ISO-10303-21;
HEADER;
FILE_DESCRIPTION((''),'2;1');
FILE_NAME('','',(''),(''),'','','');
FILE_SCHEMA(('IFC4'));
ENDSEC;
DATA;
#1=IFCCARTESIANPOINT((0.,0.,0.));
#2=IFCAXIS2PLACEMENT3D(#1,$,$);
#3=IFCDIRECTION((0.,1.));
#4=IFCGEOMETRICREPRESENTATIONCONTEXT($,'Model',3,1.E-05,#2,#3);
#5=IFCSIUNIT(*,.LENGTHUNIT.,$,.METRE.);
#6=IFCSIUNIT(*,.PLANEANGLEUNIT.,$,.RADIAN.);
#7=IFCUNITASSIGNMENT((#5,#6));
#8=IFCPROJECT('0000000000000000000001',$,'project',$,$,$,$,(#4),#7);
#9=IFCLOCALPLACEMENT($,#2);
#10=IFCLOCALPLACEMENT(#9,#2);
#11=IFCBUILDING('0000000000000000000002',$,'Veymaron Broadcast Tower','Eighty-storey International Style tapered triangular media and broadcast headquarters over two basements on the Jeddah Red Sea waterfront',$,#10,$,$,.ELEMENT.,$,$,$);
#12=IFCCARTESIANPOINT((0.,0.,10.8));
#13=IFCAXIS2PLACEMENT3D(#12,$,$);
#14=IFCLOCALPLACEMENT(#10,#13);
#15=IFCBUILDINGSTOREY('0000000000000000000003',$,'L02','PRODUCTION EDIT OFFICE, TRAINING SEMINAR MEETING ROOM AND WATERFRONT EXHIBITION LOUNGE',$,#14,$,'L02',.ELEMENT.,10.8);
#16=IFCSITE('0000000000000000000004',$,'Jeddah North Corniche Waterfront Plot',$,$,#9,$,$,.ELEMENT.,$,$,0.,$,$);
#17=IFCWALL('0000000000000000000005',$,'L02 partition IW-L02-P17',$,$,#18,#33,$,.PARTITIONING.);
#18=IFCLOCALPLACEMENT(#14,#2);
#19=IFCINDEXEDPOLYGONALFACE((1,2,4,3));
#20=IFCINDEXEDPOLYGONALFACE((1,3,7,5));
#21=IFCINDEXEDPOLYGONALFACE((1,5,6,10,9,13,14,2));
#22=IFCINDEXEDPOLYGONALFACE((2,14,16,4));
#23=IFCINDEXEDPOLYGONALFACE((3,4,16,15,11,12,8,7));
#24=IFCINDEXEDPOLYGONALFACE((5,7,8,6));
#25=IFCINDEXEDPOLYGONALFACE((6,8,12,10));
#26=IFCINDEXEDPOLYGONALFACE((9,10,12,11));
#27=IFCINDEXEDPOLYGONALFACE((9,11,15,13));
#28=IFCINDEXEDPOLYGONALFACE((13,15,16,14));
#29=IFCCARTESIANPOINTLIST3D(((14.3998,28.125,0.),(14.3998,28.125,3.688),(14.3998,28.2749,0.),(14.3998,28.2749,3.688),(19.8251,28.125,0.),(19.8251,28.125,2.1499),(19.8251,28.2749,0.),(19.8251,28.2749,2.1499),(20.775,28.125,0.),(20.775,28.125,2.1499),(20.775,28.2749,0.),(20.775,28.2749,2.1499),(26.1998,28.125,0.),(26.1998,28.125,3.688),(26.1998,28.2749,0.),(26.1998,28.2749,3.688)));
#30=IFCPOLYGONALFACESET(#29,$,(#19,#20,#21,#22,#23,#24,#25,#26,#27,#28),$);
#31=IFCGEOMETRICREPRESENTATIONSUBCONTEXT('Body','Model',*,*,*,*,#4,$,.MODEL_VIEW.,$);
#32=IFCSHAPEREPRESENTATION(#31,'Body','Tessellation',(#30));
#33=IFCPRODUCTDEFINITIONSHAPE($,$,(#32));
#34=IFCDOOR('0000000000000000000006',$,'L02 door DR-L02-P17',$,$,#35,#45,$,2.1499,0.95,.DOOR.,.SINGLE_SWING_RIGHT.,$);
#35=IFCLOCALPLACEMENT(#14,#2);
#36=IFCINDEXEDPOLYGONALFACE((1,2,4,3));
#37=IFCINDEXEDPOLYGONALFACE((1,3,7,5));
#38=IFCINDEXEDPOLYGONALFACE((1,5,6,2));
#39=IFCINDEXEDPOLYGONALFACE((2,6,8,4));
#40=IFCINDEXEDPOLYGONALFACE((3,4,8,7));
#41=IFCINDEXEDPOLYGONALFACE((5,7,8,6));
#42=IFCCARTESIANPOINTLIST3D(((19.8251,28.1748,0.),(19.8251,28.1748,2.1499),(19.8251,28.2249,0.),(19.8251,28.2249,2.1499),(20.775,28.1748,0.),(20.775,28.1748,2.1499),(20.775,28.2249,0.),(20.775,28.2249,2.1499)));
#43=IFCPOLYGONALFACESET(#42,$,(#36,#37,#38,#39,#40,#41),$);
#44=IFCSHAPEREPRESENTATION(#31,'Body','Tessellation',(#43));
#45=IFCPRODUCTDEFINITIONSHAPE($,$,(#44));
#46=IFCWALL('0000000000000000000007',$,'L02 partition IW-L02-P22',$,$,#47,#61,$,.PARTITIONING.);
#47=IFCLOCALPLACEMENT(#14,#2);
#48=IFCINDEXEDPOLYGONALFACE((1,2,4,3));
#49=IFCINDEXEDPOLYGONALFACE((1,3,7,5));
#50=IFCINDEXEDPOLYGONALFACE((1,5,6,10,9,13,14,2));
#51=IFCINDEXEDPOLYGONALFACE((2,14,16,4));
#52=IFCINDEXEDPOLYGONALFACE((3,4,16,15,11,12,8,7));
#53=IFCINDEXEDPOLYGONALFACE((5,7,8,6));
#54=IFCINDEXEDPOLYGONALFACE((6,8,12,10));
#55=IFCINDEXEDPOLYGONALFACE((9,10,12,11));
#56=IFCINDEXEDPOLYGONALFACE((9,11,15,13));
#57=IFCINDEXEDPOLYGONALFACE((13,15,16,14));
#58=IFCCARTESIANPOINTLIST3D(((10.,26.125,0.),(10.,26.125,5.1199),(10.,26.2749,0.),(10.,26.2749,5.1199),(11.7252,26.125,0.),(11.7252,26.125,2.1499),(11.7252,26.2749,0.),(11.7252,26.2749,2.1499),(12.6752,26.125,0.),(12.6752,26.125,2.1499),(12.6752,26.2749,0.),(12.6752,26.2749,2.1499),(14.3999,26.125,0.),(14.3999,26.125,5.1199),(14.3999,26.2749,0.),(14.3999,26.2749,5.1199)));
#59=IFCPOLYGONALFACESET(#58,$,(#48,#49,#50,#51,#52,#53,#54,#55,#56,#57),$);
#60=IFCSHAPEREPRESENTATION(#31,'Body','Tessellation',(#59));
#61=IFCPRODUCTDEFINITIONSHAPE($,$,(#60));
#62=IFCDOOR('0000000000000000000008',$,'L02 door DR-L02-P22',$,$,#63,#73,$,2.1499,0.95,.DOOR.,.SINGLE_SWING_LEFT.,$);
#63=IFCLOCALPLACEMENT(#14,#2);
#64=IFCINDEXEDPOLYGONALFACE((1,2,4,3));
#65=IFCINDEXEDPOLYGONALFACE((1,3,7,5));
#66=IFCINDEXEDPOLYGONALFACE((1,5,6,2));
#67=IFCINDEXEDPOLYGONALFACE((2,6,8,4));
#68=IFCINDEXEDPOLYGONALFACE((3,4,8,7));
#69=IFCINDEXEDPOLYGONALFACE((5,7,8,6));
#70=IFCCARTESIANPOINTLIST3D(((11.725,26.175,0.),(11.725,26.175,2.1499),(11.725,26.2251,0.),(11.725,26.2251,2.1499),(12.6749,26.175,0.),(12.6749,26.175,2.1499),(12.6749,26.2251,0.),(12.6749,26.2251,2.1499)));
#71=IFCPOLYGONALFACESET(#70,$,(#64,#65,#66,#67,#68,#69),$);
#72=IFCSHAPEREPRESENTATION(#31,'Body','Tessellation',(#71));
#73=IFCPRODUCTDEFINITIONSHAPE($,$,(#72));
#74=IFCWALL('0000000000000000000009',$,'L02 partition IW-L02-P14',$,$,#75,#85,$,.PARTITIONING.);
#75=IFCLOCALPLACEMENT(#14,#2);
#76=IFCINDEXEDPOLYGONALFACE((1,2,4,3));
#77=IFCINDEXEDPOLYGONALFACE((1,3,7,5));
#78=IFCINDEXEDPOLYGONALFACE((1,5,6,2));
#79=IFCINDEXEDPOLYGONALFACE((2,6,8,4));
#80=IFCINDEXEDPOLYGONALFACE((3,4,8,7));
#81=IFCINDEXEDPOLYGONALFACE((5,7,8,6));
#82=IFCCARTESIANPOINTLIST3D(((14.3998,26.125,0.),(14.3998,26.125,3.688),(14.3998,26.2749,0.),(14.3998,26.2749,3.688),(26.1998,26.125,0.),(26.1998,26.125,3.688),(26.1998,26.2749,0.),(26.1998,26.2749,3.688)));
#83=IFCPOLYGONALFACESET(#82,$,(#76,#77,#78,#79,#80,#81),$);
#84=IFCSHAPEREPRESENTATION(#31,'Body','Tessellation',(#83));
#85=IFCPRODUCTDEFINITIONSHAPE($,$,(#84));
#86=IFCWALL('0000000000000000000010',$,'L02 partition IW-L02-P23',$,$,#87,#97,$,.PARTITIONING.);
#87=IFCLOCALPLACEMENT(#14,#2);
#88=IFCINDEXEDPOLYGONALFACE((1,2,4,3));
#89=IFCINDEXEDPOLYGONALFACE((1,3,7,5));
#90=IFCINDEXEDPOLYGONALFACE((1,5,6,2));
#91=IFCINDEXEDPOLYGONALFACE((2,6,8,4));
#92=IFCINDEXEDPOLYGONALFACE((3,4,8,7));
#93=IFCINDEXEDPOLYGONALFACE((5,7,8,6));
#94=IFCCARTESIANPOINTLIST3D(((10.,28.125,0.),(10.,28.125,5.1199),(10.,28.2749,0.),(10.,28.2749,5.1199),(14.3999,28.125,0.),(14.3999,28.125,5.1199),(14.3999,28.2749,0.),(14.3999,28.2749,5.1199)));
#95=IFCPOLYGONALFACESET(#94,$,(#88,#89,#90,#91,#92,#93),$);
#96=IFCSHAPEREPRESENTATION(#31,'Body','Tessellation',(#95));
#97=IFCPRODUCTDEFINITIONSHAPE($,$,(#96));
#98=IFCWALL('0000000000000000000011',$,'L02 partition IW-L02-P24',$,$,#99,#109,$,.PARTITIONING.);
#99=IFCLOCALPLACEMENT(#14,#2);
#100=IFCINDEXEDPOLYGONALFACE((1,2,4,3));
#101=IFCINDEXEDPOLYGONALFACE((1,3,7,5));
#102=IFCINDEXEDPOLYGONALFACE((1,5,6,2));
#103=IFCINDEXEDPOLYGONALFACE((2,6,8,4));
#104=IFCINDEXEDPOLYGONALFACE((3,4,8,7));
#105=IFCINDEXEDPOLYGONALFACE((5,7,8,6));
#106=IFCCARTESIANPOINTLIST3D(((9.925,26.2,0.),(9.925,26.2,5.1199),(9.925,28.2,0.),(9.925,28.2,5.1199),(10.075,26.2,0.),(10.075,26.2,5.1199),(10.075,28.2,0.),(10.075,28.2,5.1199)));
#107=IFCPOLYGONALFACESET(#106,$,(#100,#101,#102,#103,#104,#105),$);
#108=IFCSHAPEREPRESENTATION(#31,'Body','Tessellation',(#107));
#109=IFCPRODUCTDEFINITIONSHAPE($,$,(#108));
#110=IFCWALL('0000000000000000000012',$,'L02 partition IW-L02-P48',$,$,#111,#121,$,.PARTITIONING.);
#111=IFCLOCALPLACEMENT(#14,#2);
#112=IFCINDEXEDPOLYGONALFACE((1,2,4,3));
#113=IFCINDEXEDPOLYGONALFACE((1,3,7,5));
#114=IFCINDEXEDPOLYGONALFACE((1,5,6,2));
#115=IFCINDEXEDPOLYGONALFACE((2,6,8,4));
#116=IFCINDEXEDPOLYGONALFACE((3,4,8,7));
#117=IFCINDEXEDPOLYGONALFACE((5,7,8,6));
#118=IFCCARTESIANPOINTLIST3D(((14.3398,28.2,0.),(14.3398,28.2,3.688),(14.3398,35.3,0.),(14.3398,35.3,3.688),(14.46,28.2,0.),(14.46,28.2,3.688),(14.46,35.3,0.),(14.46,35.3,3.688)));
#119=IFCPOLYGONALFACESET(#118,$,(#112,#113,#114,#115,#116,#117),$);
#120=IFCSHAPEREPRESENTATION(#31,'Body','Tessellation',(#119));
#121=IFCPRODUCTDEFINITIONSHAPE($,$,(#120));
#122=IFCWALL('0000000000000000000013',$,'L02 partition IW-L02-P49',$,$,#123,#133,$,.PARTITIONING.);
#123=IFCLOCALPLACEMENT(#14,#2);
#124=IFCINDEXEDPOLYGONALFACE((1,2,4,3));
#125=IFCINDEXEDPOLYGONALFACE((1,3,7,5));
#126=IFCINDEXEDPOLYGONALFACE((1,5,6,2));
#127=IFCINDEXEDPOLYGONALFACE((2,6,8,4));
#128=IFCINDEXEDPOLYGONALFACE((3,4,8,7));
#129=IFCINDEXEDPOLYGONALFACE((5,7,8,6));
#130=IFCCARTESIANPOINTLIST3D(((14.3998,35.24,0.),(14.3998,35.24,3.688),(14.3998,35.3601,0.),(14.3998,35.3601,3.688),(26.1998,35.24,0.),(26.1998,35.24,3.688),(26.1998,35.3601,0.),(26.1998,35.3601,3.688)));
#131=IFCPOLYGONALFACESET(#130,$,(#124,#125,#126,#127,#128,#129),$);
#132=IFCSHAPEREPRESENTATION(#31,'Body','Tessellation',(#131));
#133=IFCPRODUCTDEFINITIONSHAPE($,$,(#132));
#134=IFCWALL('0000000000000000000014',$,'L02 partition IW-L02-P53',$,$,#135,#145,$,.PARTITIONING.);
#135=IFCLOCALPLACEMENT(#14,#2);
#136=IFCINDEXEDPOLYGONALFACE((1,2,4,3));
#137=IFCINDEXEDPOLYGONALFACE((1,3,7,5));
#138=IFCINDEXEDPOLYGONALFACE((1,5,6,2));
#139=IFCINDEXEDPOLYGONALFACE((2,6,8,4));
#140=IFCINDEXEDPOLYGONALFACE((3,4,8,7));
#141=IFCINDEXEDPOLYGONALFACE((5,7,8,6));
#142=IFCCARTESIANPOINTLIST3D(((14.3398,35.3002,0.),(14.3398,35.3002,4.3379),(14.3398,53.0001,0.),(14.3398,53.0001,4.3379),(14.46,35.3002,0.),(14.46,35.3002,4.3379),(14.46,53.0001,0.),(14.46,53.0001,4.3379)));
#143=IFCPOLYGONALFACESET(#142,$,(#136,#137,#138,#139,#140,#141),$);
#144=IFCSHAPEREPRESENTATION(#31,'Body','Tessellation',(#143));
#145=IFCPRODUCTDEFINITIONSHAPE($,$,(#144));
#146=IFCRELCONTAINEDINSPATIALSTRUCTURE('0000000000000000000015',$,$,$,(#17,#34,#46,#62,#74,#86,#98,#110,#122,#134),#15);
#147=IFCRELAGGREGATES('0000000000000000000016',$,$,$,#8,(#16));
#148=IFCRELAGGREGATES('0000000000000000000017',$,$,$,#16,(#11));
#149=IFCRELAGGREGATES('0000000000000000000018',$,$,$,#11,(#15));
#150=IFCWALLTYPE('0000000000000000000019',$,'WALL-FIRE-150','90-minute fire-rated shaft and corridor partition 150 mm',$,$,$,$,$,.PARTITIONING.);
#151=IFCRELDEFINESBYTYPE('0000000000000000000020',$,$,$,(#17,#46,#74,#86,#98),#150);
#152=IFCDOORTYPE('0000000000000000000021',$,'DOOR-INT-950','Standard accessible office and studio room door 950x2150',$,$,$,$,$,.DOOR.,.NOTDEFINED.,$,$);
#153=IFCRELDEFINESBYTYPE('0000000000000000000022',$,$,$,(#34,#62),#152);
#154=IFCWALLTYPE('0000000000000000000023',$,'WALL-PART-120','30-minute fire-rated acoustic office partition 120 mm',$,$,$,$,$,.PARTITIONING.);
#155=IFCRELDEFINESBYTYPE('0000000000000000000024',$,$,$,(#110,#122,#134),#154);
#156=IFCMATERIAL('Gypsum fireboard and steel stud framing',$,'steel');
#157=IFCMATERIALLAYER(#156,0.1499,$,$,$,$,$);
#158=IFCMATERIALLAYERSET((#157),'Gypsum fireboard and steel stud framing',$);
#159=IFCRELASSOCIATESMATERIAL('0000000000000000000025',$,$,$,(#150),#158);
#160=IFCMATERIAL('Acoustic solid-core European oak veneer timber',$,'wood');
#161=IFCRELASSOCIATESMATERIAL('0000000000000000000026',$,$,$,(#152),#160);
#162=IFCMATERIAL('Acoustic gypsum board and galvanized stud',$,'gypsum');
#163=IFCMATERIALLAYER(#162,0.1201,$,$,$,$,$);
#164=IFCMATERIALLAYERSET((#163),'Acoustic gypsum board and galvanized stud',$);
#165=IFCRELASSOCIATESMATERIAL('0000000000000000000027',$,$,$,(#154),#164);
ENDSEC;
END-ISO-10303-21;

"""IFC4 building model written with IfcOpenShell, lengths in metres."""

from ifc_helpers import new_model, si_unit, direction, frame, frame_2d, origin, place, context, subcontext, project, spatial, rectangle, extrude, material, layer, layer_set, type_object, element, fill, save


model = new_model("IFC4")

# Units and contexts
model_context = context("Model", 3, precision=1e-05, world=origin(), true_north=direction((0.0, 1.0)))
body_context = subcontext(model_context, "Body", "Model", "MODEL_VIEW")
ifc_project = project(units=[si_unit("LENGTHUNIT", "METRE"), si_unit("PLANEANGLEUNIT", "RADIAN")], contexts=[model_context])

# Site, building, storey
site_placement = place(None, origin())
site = spatial("IfcSite", under=ifc_project, at=site_placement, Name="Jeddah North Corniche Waterfront Plot", CompositionType="ELEMENT", RefElevation=0.0)
building_placement = place(site_placement, origin())
building = spatial("IfcBuilding", under=site, at=building_placement, Name="Veymaron Broadcast Tower", Description="Eighty-storey International Style tapered triangular media and broadcast headquarters over two basements on the Jeddah Red Sea waterfront", CompositionType="ELEMENT")
storey_placement = place(building_placement, frame((0.0, 0.0, 10.8)))
storey = spatial("IfcBuildingStorey", under=building, at=storey_placement, Name="L02", Description="PRODUCTION EDIT OFFICE, TRAINING SEMINAR MEETING ROOM AND WATERFRONT EXHIBITION LOUNGE", LongName="L02", CompositionType="ELEMENT", Elevation=10.8)

# Walls, openings, doors
ifc_material_1 = material(Name="Gypsum fireboard and steel stud framing", Category="steel")
ifc_layer_1 = layer(ifc_material_1, 0.1499)
ifc_layer_set_1 = layer_set([ifc_layer_1], Name="Gypsum fireboard and steel stud framing")
wall_type_1 = type_object("IfcWallType", Name="WALL-FIRE-150", Description="90-minute fire-rated shaft and corridor partition 150 mm", PredefinedType="PARTITIONING", material=ifc_layer_set_1)
wall_1_placement = place(storey_placement, frame((14.3999, 28.2, 0.0), z_axis=(0.0, 0.0, 1.0), x_axis=(1.0, 0.0, 0.0)))
wall_1 = element("IfcWall", 1, at=wall_1_placement, inside=storey, type_object=wall_type_1, Name="L02 partition IW-L02-P17", PredefinedType="PARTITIONING", context=body_context, shape_type="SweptSolid", body=[
    extrude(rectangle(XDim=11.8, YDim=0.1499, at=frame_2d((5.8999, 0.0))), origin(), (0.0, 0.0, 1.0), 3.688),
])
opening_1_placement = place(wall_1_placement, frame((5.425, 0.0, 0.0)))
opening_1 = element("IfcOpeningElement", 2, at=opening_1_placement, cuts=wall_1, PredefinedType="OPENING", context=body_context, shape_type="SweptSolid", body=[
    extrude(rectangle(XDim=0.95, YDim=2.1499, at=frame_2d((0.4751, 1.075))), frame((0.0, 0.085, 0.0), z_axis=(0.0, -1.0, 0.0), x_axis=(1.0, 0.0, 0.0)), (0.0, 0.0, 1.0), 0.1699),
])
ifc_material_2 = material(Name="Acoustic solid-core European oak veneer timber", Category="wood")
door_type = type_object("IfcDoorType", Name="DOOR-INT-950", Description="Standard accessible office and studio room door 950x2150", OperationType="NOTDEFINED", PredefinedType="DOOR", material=ifc_material_2)
door_1_placement = place(opening_1_placement, origin())
door_1 = element("IfcDoor", 3, at=door_1_placement, inside=storey, type_object=door_type, Name="L02 door DR-L02-P17", OperationType="SINGLE_SWING_RIGHT", OverallHeight=2.1499, OverallWidth=0.95, PredefinedType="DOOR", context=body_context, shape_type="SweptSolid", body=[
    extrude(rectangle(XDim=0.95, YDim=2.1499, at=frame_2d((0.4751, 1.075))), frame((0.0, 0.0249, 0.0), z_axis=(0.0, -1.0, 0.0), x_axis=(1.0, 0.0, 0.0)), (0.0, 0.0, 1.0), 0.05),
])
fill(opening_1, door_1)
wall_2_placement = place(storey_placement, frame((10.0, 26.2, 0.0), z_axis=(0.0, 0.0, 1.0), x_axis=(1.0, 0.0, 0.0)))
wall_2 = element("IfcWall", 4, at=wall_2_placement, inside=storey, type_object=wall_type_1, Name="L02 partition IW-L02-P22", PredefinedType="PARTITIONING", context=body_context, shape_type="SweptSolid", body=[
    extrude(rectangle(XDim=4.3999, YDim=0.1499, at=frame_2d((2.2, 0.0))), origin(), (0.0, 0.0, 1.0), 5.1199),
])
opening_2_placement = place(wall_2_placement, frame((1.7251, 0.0, 0.0)))
opening_2 = element("IfcOpeningElement", 5, at=opening_2_placement, cuts=wall_2, PredefinedType="OPENING", context=body_context, shape_type="SweptSolid", body=[
    extrude(rectangle(XDim=0.95, YDim=2.1499, at=frame_2d((0.4751, 1.075))), frame((0.0, 0.085, 0.0), z_axis=(0.0, -1.0, 0.0), x_axis=(1.0, 0.0, 0.0)), (0.0, 0.0, 1.0), 0.1699),
])
door_2_placement = place(opening_2_placement, frame((0.95, 0.0, 0.0), z_axis=(0.0, 0.0, 1.0), x_axis=(-1.0, 0.0, 0.0)))
door_2 = element("IfcDoor", 6, at=door_2_placement, inside=storey, type_object=door_type, Name="L02 door DR-L02-P22", OperationType="SINGLE_SWING_LEFT", OverallHeight=2.1499, OverallWidth=0.95, PredefinedType="DOOR", context=body_context, shape_type="SweptSolid", body=[
    extrude(rectangle(XDim=0.95, YDim=2.1499, at=frame_2d((0.4751, 1.075))), frame((0.0, 0.0249, 0.0), z_axis=(0.0, -1.0, 0.0), x_axis=(1.0, 0.0, 0.0)), (0.0, 0.0, 1.0), 0.05),
])
fill(opening_2, door_2)

# Walls
wall_3_placement = place(storey_placement, frame((14.3999, 26.2, 0.0), z_axis=(0.0, 0.0, 1.0), x_axis=(1.0, 0.0, 0.0)))
element("IfcWall", 7, at=wall_3_placement, inside=storey, type_object=wall_type_1, Name="L02 partition IW-L02-P14", PredefinedType="PARTITIONING", context=body_context, shape_type="SweptSolid", body=[
    extrude(rectangle(XDim=11.8, YDim=0.1499, at=frame_2d((5.8999, 0.0))), origin(), (0.0, 0.0, 1.0), 3.688),
])
wall_4_placement = place(storey_placement, frame((10.0, 28.2, 0.0), z_axis=(0.0, 0.0, 1.0), x_axis=(1.0, 0.0, 0.0)))
element("IfcWall", 8, at=wall_4_placement, inside=storey, type_object=wall_type_1, Name="L02 partition IW-L02-P23", PredefinedType="PARTITIONING", context=body_context, shape_type="SweptSolid", body=[
    extrude(rectangle(XDim=4.3999, YDim=0.1499, at=frame_2d((2.2, 0.0))), origin(), (0.0, 0.0, 1.0), 5.1199),
])
wall_5_placement = place(storey_placement, frame((10.0, 26.2, 0.0), z_axis=(0.0, 0.0, 1.0), x_axis=(0.0, 1.0, 0.0)))
element("IfcWall", 9, at=wall_5_placement, inside=storey, type_object=wall_type_1, Name="L02 partition IW-L02-P24", PredefinedType="PARTITIONING", context=body_context, shape_type="SweptSolid", body=[
    extrude(rectangle(XDim=2.0, YDim=0.1499, at=frame_2d((1.0, 0.0))), origin(), (0.0, 0.0, 1.0), 5.1199),
])
ifc_material_3 = material(Name="Acoustic gypsum board and galvanized stud", Category="gypsum")
ifc_layer_2 = layer(ifc_material_3, 0.1201)
ifc_layer_set_2 = layer_set([ifc_layer_2], Name="Acoustic gypsum board and galvanized stud")
wall_type_2 = type_object("IfcWallType", Name="WALL-PART-120", Description="30-minute fire-rated acoustic office partition 120 mm", PredefinedType="PARTITIONING", material=ifc_layer_set_2)
wall_6_placement = place(storey_placement, frame((14.3999, 28.2, 0.0), z_axis=(0.0, 0.0, 1.0), x_axis=(0.0, 1.0, 0.0)))
element("IfcWall", 10, at=wall_6_placement, inside=storey, type_object=wall_type_2, Name="L02 partition IW-L02-P48", PredefinedType="PARTITIONING", context=body_context, shape_type="SweptSolid", body=[
    extrude(rectangle(XDim=7.1001, YDim=0.1201, at=frame_2d((3.55, 0.0))), origin(), (0.0, 0.0, 1.0), 3.688),
])
wall_7_placement = place(storey_placement, frame((14.3999, 35.3, 0.0), z_axis=(0.0, 0.0, 1.0), x_axis=(1.0, 0.0, 0.0)))
element("IfcWall", 11, at=wall_7_placement, inside=storey, type_object=wall_type_2, Name="L02 partition IW-L02-P49", PredefinedType="PARTITIONING", context=body_context, shape_type="SweptSolid", body=[
    extrude(rectangle(XDim=11.8, YDim=0.1201, at=frame_2d((5.8999, 0.0))), origin(), (0.0, 0.0, 1.0), 3.688),
])
wall_8_placement = place(storey_placement, frame((14.3999, 35.3, 0.0), z_axis=(0.0, 0.0, 1.0), x_axis=(0.0, 1.0, 0.0)))
element("IfcWall", 12, at=wall_8_placement, inside=storey, type_object=wall_type_2, Name="L02 partition IW-L02-P53", PredefinedType="PARTITIONING", context=body_context, shape_type="SweptSolid", body=[
    extrude(rectangle(XDim=17.7, YDim=0.1201, at=frame_2d((8.8501, 0.0))), origin(), (0.0, 0.0, 1.0), 4.3379),
])

save(model, "model.ifc")
